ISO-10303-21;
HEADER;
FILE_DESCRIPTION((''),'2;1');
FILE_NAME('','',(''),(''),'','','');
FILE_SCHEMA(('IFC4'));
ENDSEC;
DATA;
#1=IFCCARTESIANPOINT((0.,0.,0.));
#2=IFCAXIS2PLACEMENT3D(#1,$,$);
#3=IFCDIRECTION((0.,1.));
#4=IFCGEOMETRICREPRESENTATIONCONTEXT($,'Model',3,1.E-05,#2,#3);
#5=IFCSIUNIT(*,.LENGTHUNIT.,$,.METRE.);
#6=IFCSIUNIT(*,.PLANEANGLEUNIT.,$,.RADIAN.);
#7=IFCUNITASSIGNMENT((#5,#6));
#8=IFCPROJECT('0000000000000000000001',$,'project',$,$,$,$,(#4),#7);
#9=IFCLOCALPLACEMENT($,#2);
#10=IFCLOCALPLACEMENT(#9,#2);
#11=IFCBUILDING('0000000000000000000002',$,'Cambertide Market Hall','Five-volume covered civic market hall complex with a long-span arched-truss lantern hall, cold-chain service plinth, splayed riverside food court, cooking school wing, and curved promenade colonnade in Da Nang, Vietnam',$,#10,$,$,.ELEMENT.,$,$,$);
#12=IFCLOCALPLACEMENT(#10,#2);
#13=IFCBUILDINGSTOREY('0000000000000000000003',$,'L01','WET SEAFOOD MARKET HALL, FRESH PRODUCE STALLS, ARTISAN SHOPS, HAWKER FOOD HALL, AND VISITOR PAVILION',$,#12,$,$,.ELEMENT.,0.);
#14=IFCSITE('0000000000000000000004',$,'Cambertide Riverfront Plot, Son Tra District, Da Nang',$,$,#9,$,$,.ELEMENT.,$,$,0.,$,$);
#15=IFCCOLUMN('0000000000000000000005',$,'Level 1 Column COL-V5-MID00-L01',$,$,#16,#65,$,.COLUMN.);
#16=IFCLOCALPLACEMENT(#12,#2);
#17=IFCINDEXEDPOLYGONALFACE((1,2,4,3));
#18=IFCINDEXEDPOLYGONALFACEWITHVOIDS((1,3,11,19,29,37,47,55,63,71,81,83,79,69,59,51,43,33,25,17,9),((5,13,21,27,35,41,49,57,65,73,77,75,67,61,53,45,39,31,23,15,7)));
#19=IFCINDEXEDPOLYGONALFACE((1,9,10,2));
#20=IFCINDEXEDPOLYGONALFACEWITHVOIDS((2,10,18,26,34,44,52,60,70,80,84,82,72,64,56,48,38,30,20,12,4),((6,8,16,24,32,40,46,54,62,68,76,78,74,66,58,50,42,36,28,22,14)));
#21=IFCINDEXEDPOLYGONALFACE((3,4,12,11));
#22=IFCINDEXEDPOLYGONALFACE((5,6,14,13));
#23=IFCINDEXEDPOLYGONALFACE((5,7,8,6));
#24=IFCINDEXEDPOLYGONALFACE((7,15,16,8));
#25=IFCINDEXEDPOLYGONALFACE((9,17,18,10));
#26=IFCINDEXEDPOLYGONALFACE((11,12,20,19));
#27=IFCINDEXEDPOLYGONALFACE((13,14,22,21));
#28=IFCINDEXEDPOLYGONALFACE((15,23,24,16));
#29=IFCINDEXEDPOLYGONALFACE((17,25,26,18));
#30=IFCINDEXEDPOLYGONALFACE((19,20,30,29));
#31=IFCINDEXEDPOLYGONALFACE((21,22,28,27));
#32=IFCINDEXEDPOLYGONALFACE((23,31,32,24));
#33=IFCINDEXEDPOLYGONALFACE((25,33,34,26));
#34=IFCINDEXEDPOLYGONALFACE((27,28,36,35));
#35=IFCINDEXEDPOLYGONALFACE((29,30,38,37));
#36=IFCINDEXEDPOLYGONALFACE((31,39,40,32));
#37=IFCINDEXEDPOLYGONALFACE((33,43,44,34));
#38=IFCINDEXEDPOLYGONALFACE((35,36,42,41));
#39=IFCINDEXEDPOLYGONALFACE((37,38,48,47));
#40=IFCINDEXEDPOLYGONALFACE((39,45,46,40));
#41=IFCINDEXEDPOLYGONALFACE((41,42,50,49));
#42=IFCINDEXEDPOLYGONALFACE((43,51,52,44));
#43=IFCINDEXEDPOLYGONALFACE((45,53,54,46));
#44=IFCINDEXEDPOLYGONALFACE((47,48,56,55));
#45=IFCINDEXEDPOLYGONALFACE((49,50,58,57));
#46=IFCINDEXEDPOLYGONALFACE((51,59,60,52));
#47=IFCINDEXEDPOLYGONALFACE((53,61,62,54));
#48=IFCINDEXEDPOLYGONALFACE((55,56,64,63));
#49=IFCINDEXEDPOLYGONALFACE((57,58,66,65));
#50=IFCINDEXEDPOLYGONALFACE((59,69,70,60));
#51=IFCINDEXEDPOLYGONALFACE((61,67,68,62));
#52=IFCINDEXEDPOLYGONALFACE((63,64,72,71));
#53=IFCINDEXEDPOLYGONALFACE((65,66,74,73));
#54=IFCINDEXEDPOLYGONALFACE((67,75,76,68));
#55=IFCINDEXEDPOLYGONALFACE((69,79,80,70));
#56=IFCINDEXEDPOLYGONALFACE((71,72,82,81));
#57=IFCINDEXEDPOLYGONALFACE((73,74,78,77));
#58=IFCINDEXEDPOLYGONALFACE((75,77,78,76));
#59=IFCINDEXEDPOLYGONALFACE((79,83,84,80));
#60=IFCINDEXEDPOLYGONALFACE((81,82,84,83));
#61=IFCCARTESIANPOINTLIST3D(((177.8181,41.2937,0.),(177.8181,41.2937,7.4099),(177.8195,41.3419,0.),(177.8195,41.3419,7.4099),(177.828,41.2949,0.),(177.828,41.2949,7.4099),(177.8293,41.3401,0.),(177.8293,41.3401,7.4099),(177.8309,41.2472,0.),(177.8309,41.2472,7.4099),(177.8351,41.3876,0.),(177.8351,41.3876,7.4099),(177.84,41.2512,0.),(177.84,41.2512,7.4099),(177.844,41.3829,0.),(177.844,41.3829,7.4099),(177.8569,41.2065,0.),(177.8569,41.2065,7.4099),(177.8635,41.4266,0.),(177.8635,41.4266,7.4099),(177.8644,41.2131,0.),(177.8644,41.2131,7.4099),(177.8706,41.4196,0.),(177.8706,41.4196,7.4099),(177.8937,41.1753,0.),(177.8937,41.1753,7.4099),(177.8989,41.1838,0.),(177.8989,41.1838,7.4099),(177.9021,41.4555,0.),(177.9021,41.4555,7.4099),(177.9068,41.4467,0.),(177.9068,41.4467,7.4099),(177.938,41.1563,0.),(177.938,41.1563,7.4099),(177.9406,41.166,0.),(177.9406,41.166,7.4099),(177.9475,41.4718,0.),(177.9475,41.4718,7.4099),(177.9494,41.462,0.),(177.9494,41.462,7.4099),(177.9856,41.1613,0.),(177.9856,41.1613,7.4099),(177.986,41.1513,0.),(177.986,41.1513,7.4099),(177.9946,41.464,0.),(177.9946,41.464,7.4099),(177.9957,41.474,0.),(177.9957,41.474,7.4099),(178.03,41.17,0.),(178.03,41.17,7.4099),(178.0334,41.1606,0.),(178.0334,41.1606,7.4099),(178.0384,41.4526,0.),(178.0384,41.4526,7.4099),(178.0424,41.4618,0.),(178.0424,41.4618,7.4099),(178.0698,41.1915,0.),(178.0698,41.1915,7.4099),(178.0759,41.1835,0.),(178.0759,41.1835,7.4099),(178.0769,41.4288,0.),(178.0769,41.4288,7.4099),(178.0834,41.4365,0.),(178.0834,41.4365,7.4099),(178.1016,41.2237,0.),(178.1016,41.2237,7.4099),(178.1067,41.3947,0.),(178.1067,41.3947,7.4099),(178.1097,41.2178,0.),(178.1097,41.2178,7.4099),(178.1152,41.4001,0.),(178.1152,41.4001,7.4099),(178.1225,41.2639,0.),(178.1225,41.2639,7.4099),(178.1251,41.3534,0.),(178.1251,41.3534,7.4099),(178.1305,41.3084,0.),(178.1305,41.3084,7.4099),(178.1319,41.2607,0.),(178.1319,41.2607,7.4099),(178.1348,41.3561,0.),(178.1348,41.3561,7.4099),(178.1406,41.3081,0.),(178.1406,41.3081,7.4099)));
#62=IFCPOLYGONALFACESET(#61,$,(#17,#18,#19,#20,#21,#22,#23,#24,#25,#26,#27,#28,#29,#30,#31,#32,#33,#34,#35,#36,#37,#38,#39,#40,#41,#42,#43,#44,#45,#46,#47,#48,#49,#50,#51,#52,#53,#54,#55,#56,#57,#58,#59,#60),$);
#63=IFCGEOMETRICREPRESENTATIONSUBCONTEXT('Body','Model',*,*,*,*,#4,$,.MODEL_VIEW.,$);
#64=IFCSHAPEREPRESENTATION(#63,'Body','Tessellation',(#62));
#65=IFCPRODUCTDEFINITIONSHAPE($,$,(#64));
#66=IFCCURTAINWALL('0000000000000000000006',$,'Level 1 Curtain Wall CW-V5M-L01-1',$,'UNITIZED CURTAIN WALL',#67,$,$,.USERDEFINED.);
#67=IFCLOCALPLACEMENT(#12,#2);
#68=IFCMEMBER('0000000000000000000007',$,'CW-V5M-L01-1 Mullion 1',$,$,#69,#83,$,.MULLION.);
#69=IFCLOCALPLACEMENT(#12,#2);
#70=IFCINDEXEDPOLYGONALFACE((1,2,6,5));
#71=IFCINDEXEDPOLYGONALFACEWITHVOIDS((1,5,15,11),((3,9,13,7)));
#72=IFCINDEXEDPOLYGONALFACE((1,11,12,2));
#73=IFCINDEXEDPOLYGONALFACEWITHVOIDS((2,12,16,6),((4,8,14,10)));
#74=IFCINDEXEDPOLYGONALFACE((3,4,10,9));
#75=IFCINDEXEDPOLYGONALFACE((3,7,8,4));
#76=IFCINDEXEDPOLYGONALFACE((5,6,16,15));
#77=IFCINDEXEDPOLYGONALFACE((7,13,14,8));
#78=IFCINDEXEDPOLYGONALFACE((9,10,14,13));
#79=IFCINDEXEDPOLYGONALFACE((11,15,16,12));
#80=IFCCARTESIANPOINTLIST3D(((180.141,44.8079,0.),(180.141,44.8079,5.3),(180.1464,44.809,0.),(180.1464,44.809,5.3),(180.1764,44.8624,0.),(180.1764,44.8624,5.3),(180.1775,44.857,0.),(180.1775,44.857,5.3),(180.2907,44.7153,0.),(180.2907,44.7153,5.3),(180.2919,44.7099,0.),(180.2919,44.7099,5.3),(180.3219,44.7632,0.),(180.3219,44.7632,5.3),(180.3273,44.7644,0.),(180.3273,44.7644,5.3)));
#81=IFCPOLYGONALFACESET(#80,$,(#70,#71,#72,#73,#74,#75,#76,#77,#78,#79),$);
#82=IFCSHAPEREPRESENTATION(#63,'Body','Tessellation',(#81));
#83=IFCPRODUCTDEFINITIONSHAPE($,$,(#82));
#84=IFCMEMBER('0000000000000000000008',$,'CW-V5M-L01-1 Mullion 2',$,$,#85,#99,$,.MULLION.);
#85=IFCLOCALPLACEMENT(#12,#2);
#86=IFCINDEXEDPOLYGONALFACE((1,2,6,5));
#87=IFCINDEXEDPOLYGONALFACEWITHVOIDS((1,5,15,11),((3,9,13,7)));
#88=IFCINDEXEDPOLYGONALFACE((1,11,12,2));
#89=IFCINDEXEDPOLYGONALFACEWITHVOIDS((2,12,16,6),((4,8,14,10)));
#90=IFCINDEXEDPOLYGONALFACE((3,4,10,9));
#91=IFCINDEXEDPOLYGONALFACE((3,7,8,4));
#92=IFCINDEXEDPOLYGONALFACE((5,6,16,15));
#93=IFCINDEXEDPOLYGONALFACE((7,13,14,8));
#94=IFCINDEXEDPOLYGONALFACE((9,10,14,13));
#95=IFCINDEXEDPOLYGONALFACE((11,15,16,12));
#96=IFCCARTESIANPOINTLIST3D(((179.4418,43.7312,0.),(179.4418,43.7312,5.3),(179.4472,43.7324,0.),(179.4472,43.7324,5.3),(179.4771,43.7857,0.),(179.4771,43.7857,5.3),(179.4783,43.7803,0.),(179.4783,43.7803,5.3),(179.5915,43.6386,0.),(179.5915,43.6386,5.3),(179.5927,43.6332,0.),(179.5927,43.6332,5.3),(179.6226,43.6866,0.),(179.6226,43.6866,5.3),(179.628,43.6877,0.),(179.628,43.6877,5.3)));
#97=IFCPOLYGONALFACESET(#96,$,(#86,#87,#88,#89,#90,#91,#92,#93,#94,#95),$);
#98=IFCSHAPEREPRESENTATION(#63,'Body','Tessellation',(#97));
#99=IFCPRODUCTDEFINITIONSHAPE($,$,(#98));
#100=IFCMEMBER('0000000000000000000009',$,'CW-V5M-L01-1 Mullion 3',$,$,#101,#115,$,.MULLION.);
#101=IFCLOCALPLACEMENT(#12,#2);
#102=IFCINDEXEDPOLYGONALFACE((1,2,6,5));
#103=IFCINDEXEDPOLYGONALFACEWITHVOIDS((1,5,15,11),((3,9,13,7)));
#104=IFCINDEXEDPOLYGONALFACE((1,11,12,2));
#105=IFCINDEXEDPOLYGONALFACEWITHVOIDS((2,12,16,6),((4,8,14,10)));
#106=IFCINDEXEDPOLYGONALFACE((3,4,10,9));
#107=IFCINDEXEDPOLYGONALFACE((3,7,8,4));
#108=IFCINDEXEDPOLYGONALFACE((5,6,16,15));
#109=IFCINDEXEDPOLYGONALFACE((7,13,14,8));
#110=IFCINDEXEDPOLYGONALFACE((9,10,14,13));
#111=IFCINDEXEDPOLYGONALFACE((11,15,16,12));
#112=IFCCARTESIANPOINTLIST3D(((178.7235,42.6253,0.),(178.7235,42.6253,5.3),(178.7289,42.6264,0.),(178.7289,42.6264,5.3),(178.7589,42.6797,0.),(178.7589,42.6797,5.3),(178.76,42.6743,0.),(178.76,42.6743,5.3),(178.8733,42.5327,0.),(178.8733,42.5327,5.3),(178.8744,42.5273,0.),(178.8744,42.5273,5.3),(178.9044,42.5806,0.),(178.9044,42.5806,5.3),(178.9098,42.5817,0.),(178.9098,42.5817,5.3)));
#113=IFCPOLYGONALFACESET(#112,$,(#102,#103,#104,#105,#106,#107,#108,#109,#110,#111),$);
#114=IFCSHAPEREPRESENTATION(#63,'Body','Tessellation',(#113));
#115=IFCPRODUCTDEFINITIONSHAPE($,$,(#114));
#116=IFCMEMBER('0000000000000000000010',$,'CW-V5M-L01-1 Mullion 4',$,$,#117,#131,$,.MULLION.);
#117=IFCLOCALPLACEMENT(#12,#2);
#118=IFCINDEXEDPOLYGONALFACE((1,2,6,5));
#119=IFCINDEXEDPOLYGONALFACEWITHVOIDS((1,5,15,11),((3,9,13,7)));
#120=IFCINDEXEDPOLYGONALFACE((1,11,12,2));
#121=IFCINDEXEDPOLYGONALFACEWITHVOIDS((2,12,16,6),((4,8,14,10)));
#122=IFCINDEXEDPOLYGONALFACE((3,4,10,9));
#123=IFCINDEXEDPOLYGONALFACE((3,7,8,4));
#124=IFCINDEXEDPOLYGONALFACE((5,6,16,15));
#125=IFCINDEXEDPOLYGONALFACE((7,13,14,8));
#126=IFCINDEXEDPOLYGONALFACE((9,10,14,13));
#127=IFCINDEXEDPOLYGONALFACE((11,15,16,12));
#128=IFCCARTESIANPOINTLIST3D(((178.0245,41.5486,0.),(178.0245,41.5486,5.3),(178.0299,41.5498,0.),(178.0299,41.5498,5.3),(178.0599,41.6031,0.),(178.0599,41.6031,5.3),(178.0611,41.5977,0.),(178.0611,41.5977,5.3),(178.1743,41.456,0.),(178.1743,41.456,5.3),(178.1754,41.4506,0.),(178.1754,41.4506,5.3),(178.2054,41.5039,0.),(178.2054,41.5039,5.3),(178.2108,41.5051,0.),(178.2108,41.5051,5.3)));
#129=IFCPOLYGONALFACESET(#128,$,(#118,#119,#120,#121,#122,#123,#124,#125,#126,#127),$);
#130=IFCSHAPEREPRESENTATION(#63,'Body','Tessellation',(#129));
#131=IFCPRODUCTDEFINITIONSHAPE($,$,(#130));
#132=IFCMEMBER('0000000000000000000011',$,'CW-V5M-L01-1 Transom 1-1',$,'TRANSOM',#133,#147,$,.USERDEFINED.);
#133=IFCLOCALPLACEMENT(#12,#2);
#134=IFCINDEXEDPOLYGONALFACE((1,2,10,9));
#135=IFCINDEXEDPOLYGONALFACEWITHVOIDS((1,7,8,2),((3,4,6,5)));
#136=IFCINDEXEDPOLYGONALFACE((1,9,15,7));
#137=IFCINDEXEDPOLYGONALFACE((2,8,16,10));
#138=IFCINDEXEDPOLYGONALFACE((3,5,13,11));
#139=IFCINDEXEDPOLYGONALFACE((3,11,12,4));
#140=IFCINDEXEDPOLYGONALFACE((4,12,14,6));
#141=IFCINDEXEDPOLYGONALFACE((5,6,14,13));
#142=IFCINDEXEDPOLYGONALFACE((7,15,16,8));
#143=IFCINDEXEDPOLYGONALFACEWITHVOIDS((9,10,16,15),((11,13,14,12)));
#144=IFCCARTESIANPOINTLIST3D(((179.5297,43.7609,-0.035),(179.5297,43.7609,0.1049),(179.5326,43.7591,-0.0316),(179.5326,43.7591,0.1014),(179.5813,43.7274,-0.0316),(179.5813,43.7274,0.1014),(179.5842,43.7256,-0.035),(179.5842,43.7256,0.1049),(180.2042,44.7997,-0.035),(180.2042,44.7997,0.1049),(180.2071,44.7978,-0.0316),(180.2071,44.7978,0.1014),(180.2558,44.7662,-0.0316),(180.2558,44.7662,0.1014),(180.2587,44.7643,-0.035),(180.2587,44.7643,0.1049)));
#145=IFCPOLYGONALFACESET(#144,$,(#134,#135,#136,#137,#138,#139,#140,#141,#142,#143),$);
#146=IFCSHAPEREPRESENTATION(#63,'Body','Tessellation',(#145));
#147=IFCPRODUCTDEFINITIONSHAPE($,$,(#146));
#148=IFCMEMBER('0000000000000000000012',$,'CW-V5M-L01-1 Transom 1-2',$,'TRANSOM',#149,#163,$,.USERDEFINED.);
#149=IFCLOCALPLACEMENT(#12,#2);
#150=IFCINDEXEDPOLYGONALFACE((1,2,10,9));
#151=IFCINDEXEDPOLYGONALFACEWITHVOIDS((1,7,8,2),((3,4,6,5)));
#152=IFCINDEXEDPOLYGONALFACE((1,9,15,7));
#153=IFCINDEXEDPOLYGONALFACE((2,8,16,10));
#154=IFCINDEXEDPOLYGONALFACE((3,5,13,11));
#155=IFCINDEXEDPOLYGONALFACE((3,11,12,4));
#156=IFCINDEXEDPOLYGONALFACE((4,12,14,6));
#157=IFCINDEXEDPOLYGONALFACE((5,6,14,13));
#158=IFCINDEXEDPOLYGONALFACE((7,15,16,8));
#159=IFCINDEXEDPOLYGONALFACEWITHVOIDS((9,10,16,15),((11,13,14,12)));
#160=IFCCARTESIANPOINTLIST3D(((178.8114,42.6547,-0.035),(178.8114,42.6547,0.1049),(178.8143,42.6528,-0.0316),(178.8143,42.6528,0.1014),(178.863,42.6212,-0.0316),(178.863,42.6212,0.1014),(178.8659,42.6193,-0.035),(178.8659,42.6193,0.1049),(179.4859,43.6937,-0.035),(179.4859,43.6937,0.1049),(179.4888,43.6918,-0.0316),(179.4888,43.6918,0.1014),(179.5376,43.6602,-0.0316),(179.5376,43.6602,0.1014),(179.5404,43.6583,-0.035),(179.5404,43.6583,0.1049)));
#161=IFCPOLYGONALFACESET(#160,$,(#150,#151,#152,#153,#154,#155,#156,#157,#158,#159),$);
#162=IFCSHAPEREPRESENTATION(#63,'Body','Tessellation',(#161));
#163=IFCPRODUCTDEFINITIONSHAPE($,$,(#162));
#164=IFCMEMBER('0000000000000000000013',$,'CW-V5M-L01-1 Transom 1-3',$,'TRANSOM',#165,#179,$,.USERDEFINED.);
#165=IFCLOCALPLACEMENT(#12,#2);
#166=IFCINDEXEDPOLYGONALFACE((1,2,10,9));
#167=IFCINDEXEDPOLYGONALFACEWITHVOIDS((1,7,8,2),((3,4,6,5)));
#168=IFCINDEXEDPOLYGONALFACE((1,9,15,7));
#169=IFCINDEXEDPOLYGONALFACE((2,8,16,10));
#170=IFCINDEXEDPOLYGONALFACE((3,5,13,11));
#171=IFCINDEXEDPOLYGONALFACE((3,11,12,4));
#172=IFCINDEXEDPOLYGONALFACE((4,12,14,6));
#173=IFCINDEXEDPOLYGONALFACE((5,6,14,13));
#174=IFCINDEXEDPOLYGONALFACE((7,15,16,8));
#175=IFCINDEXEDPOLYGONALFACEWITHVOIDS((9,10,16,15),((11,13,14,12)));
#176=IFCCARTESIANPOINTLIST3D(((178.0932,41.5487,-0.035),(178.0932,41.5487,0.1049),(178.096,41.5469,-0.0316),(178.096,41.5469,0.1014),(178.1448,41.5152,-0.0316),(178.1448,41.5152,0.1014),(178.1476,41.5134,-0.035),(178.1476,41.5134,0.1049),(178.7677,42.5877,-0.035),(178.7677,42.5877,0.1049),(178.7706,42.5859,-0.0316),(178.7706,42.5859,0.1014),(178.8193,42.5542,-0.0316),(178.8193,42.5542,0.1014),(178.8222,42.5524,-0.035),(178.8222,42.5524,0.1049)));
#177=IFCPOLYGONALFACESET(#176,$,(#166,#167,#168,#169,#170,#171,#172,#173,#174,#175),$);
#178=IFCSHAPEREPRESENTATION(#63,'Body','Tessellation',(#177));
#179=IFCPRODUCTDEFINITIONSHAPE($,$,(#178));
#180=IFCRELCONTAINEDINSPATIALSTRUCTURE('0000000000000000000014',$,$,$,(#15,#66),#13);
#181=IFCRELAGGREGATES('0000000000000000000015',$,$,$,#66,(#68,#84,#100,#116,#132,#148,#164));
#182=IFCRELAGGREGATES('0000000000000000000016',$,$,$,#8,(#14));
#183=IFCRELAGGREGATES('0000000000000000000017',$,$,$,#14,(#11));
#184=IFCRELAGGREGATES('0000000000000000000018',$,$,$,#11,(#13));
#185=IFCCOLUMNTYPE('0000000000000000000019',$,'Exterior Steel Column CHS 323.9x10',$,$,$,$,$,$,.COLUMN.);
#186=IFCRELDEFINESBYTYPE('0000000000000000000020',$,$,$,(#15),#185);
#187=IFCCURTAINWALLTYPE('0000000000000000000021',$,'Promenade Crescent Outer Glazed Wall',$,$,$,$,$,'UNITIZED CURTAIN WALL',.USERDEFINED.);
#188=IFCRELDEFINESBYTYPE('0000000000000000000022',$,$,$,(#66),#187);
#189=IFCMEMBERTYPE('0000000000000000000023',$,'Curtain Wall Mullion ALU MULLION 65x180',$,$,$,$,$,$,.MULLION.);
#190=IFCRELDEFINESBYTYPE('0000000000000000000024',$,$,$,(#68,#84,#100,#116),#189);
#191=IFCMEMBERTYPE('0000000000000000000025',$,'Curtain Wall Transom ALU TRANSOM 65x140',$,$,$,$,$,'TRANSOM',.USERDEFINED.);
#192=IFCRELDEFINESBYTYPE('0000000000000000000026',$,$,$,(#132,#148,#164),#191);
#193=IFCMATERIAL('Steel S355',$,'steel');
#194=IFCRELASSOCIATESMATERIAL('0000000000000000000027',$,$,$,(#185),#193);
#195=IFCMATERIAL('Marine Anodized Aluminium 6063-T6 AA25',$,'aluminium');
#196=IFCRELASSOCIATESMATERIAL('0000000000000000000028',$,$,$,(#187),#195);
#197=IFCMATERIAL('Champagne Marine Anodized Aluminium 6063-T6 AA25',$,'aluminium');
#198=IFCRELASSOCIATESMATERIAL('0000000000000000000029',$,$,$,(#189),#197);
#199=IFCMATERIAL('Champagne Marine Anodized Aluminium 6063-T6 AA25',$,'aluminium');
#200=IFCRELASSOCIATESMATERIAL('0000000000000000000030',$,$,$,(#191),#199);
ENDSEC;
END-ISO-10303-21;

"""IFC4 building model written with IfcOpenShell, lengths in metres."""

from ifc_helpers import new_model, si_unit, direction, frame, origin, origin_2d, place, context, subcontext, project, spatial, hollow_rectangle, hollow_circle, extrude, material, material_profile, profile_set, type_object, element, aggregate, save


model = new_model("IFC4")

# Units and contexts
model_context = context("Model", 3, precision=1e-05, world=origin(), true_north=direction((0.0, 1.0)))
body_context = subcontext(model_context, "Body", "Model", "MODEL_VIEW")
ifc_project = project(units=[si_unit("LENGTHUNIT", "METRE"), si_unit("PLANEANGLEUNIT", "RADIAN")], contexts=[model_context])

# Site, building, storey
site_placement = place(None, origin())
site = spatial("IfcSite", under=ifc_project, at=site_placement, Name="Cambertide Riverfront Plot, Son Tra District, Da Nang", CompositionType="ELEMENT", RefElevation=0.0)
building_placement = place(site_placement, origin())
building = spatial("IfcBuilding", under=site, at=building_placement, Name="Cambertide Market Hall", Description="Five-volume covered civic market hall complex with a long-span arched-truss lantern hall, cold-chain service plinth, splayed riverside food court, cooking school wing, and curved promenade colonnade in Da Nang, Vietnam", CompositionType="ELEMENT")
storey_placement = place(building_placement, origin())
storey = spatial("IfcBuildingStorey", under=building, at=storey_placement, Name="L01", Description="WET SEAFOOD MARKET HALL, FRESH PRODUCE STALLS, ARTISAN SHOPS, HAWKER FOOD HALL, AND VISITOR PAVILION", CompositionType="ELEMENT", Elevation=0.0)

# Column
ifc_material_1 = material(Name="Steel S355", Category="steel")
ifc_material_profile_1 = material_profile(ifc_material_1, hollow_circle(Radius=0.1619, WallThickness=0.01, at=origin_2d()), Name="CHS 323.9x10")
ifc_profile_set_1 = profile_set([ifc_material_profile_1], Name="Steel S355")
column_type = type_object("IfcColumnType", Name="Exterior Steel Column CHS 323.9x10", PredefinedType="COLUMN", material=ifc_profile_set_1)
column_placement = place(storey_placement, frame((177.9788, 41.313, 0.0), z_axis=(0.0, 0.0, 1.0), x_axis=(0.809017, -0.587785, 0.0)))
element("IfcColumn", 1, at=column_placement, inside=storey, type_object=column_type, Name="Level 1 Column COL-V5-MID00-L01", PredefinedType="COLUMN", context=body_context, shape_type="SweptSolid", body=[
    extrude(hollow_circle(Radius=0.1619, WallThickness=0.01, at=origin_2d()), origin(), (0.0, 0.0, 1.0), 7.4099),
])

# Curtain wall, members
ifc_material_2 = material(Name="Marine Anodized Aluminium 6063-T6 AA25", Category="aluminium")
curtain_wall_type = type_object("IfcCurtainWallType", Name="Promenade Crescent Outer Glazed Wall", ElementType="UNITIZED CURTAIN WALL", PredefinedType="USERDEFINED", material=ifc_material_2)
curtain_wall_placement = place(storey_placement, origin())
curtain_wall = element("IfcCurtainWall", 2, at=curtain_wall_placement, inside=storey, type_object=curtain_wall_type, Name="Level 1 Curtain Wall CW-V5M-L01-1", ObjectType="UNITIZED CURTAIN WALL", PredefinedType="USERDEFINED")
ifc_material_3 = material(Name="Champagne Marine Anodized Aluminium 6063-T6 AA25", Category="aluminium")
ifc_material_profile_2 = material_profile(ifc_material_3, hollow_rectangle(XDim=0.0649, YDim=0.1799, WallThickness=0.0039, at=origin_2d()), Name="ALU MULLION 65x180")
ifc_profile_set_2 = profile_set([ifc_material_profile_2], Name="Champagne Marine Anodized Aluminium 6063-T6 AA25")
member_type_1 = type_object("IfcMemberType", Name="Curtain Wall Mullion ALU MULLION 65x180", PredefinedType="MULLION", material=ifc_profile_set_2)
member_1_placement = place(storey_placement, frame((180.2341, 44.7861, 0.0), z_axis=(0.0, 0.0, 1.0), x_axis=(-0.544639, -0.838671, 0.0)))
member_1 = element("IfcMember", 3, at=member_1_placement, type_object=member_type_1, Name="CW-V5M-L01-1 Mullion 1", PredefinedType="MULLION", context=body_context, shape_type="SweptSolid", body=[
    extrude(hollow_rectangle(XDim=0.0649, YDim=0.1799, WallThickness=0.0039, at=origin_2d()), origin(), (0.0, 0.0, 1.0), 5.3),
])
member_2_placement = place(storey_placement, frame((179.5349, 43.7095, 0.0), z_axis=(0.0, 0.0, 1.0), x_axis=(-0.544639, -0.838671, 0.0)))
member_2 = element("IfcMember", 4, at=member_2_placement, type_object=member_type_1, Name="CW-V5M-L01-1 Mullion 2", PredefinedType="MULLION", context=body_context, shape_type="SweptSolid", body=[
    extrude(hollow_rectangle(XDim=0.0649, YDim=0.1799, WallThickness=0.0039, at=origin_2d()), origin(), (0.0, 0.0, 1.0), 5.3),
])
member_3_placement = place(storey_placement, frame((178.8167, 42.6035, 0.0), z_axis=(0.0, 0.0, 1.0), x_axis=(-0.544639, -0.838671, 0.0)))
member_3 = element("IfcMember", 5, at=member_3_placement, type_object=member_type_1, Name="CW-V5M-L01-1 Mullion 3", PredefinedType="MULLION", context=body_context, shape_type="SweptSolid", body=[
    extrude(hollow_rectangle(XDim=0.0649, YDim=0.1799, WallThickness=0.0039, at=origin_2d()), origin(), (0.0, 0.0, 1.0), 5.3),
])
member_4_placement = place(storey_placement, frame((178.1177, 41.5269, 0.0), z_axis=(0.0, 0.0, 1.0), x_axis=(-0.544639, -0.838671, 0.0)))
member_4 = element("IfcMember", 6, at=member_4_placement, type_object=member_type_1, Name="CW-V5M-L01-1 Mullion 4", PredefinedType="MULLION", context=body_context, shape_type="SweptSolid", body=[
    extrude(hollow_rectangle(XDim=0.0649, YDim=0.1799, WallThickness=0.0039, at=origin_2d()), origin(), (0.0, 0.0, 1.0), 5.3),
])
ifc_material_4 = material(Name="Champagne Marine Anodized Aluminium 6063-T6 AA25", Category="aluminium")
ifc_material_profile_3 = material_profile(ifc_material_4, hollow_rectangle(XDim=0.0649, YDim=0.1399, WallThickness=0.0034, at=origin_2d()), Name="ALU TRANSOM 65x140")
ifc_profile_set_3 = profile_set([ifc_material_profile_3], Name="Champagne Marine Anodized Aluminium 6063-T6 AA25")
member_type_2 = type_object("IfcMemberType", Name="Curtain Wall Transom ALU TRANSOM 65x140", ElementType="TRANSOM", PredefinedType="USERDEFINED", material=ifc_profile_set_3)
member_5_placement = place(storey_placement, frame((180.2314, 44.782, 0.0349), z_axis=(-0.544607, -0.838691, 0.0), x_axis=(0.838691, -0.544607, 0.0)))
member_5 = element("IfcMember", 7, at=member_5_placement, type_object=member_type_2, Name="CW-V5M-L01-1 Transom 1-1", ObjectType="TRANSOM", PredefinedType="USERDEFINED", context=body_context, shape_type="SweptSolid", body=[
    extrude(hollow_rectangle(XDim=0.0649, YDim=0.1399, WallThickness=0.0034, at=origin_2d()), origin(), (0.0, 0.0, 1.0), 1.2385),
])
member_6_placement = place(storey_placement, frame((179.5132, 43.676, 0.0349), z_axis=(-0.544517, -0.83875, 0.0), x_axis=(0.83875, -0.544517, 0.0)))
member_6 = element("IfcMember", 8, at=member_6_placement, type_object=member_type_2, Name="CW-V5M-L01-1 Transom 1-2", ObjectType="TRANSOM", PredefinedType="USERDEFINED", context=body_context, shape_type="SweptSolid", body=[
    extrude(hollow_rectangle(XDim=0.0649, YDim=0.1399, WallThickness=0.0034, at=origin_2d()), origin(), (0.0, 0.0, 1.0), 1.2388),
])
member_7_placement = place(storey_placement, frame((178.7949, 42.5701, 0.0349), z_axis=(-0.544517, -0.83875, 0.0), x_axis=(0.83875, -0.544517, 0.0)))
member_7 = element("IfcMember", 9, at=member_7_placement, type_object=member_type_2, Name="CW-V5M-L01-1 Transom 1-3", ObjectType="TRANSOM", PredefinedType="USERDEFINED", context=body_context, shape_type="SweptSolid", body=[
    extrude(hollow_rectangle(XDim=0.0649, YDim=0.1399, WallThickness=0.0034, at=origin_2d()), origin(), (0.0, 0.0, 1.0), 1.2388),
])

aggregate(curtain_wall, [member_1, member_2, member_3, member_4, member_5, member_6, member_7])

save(model, "model.ifc")
